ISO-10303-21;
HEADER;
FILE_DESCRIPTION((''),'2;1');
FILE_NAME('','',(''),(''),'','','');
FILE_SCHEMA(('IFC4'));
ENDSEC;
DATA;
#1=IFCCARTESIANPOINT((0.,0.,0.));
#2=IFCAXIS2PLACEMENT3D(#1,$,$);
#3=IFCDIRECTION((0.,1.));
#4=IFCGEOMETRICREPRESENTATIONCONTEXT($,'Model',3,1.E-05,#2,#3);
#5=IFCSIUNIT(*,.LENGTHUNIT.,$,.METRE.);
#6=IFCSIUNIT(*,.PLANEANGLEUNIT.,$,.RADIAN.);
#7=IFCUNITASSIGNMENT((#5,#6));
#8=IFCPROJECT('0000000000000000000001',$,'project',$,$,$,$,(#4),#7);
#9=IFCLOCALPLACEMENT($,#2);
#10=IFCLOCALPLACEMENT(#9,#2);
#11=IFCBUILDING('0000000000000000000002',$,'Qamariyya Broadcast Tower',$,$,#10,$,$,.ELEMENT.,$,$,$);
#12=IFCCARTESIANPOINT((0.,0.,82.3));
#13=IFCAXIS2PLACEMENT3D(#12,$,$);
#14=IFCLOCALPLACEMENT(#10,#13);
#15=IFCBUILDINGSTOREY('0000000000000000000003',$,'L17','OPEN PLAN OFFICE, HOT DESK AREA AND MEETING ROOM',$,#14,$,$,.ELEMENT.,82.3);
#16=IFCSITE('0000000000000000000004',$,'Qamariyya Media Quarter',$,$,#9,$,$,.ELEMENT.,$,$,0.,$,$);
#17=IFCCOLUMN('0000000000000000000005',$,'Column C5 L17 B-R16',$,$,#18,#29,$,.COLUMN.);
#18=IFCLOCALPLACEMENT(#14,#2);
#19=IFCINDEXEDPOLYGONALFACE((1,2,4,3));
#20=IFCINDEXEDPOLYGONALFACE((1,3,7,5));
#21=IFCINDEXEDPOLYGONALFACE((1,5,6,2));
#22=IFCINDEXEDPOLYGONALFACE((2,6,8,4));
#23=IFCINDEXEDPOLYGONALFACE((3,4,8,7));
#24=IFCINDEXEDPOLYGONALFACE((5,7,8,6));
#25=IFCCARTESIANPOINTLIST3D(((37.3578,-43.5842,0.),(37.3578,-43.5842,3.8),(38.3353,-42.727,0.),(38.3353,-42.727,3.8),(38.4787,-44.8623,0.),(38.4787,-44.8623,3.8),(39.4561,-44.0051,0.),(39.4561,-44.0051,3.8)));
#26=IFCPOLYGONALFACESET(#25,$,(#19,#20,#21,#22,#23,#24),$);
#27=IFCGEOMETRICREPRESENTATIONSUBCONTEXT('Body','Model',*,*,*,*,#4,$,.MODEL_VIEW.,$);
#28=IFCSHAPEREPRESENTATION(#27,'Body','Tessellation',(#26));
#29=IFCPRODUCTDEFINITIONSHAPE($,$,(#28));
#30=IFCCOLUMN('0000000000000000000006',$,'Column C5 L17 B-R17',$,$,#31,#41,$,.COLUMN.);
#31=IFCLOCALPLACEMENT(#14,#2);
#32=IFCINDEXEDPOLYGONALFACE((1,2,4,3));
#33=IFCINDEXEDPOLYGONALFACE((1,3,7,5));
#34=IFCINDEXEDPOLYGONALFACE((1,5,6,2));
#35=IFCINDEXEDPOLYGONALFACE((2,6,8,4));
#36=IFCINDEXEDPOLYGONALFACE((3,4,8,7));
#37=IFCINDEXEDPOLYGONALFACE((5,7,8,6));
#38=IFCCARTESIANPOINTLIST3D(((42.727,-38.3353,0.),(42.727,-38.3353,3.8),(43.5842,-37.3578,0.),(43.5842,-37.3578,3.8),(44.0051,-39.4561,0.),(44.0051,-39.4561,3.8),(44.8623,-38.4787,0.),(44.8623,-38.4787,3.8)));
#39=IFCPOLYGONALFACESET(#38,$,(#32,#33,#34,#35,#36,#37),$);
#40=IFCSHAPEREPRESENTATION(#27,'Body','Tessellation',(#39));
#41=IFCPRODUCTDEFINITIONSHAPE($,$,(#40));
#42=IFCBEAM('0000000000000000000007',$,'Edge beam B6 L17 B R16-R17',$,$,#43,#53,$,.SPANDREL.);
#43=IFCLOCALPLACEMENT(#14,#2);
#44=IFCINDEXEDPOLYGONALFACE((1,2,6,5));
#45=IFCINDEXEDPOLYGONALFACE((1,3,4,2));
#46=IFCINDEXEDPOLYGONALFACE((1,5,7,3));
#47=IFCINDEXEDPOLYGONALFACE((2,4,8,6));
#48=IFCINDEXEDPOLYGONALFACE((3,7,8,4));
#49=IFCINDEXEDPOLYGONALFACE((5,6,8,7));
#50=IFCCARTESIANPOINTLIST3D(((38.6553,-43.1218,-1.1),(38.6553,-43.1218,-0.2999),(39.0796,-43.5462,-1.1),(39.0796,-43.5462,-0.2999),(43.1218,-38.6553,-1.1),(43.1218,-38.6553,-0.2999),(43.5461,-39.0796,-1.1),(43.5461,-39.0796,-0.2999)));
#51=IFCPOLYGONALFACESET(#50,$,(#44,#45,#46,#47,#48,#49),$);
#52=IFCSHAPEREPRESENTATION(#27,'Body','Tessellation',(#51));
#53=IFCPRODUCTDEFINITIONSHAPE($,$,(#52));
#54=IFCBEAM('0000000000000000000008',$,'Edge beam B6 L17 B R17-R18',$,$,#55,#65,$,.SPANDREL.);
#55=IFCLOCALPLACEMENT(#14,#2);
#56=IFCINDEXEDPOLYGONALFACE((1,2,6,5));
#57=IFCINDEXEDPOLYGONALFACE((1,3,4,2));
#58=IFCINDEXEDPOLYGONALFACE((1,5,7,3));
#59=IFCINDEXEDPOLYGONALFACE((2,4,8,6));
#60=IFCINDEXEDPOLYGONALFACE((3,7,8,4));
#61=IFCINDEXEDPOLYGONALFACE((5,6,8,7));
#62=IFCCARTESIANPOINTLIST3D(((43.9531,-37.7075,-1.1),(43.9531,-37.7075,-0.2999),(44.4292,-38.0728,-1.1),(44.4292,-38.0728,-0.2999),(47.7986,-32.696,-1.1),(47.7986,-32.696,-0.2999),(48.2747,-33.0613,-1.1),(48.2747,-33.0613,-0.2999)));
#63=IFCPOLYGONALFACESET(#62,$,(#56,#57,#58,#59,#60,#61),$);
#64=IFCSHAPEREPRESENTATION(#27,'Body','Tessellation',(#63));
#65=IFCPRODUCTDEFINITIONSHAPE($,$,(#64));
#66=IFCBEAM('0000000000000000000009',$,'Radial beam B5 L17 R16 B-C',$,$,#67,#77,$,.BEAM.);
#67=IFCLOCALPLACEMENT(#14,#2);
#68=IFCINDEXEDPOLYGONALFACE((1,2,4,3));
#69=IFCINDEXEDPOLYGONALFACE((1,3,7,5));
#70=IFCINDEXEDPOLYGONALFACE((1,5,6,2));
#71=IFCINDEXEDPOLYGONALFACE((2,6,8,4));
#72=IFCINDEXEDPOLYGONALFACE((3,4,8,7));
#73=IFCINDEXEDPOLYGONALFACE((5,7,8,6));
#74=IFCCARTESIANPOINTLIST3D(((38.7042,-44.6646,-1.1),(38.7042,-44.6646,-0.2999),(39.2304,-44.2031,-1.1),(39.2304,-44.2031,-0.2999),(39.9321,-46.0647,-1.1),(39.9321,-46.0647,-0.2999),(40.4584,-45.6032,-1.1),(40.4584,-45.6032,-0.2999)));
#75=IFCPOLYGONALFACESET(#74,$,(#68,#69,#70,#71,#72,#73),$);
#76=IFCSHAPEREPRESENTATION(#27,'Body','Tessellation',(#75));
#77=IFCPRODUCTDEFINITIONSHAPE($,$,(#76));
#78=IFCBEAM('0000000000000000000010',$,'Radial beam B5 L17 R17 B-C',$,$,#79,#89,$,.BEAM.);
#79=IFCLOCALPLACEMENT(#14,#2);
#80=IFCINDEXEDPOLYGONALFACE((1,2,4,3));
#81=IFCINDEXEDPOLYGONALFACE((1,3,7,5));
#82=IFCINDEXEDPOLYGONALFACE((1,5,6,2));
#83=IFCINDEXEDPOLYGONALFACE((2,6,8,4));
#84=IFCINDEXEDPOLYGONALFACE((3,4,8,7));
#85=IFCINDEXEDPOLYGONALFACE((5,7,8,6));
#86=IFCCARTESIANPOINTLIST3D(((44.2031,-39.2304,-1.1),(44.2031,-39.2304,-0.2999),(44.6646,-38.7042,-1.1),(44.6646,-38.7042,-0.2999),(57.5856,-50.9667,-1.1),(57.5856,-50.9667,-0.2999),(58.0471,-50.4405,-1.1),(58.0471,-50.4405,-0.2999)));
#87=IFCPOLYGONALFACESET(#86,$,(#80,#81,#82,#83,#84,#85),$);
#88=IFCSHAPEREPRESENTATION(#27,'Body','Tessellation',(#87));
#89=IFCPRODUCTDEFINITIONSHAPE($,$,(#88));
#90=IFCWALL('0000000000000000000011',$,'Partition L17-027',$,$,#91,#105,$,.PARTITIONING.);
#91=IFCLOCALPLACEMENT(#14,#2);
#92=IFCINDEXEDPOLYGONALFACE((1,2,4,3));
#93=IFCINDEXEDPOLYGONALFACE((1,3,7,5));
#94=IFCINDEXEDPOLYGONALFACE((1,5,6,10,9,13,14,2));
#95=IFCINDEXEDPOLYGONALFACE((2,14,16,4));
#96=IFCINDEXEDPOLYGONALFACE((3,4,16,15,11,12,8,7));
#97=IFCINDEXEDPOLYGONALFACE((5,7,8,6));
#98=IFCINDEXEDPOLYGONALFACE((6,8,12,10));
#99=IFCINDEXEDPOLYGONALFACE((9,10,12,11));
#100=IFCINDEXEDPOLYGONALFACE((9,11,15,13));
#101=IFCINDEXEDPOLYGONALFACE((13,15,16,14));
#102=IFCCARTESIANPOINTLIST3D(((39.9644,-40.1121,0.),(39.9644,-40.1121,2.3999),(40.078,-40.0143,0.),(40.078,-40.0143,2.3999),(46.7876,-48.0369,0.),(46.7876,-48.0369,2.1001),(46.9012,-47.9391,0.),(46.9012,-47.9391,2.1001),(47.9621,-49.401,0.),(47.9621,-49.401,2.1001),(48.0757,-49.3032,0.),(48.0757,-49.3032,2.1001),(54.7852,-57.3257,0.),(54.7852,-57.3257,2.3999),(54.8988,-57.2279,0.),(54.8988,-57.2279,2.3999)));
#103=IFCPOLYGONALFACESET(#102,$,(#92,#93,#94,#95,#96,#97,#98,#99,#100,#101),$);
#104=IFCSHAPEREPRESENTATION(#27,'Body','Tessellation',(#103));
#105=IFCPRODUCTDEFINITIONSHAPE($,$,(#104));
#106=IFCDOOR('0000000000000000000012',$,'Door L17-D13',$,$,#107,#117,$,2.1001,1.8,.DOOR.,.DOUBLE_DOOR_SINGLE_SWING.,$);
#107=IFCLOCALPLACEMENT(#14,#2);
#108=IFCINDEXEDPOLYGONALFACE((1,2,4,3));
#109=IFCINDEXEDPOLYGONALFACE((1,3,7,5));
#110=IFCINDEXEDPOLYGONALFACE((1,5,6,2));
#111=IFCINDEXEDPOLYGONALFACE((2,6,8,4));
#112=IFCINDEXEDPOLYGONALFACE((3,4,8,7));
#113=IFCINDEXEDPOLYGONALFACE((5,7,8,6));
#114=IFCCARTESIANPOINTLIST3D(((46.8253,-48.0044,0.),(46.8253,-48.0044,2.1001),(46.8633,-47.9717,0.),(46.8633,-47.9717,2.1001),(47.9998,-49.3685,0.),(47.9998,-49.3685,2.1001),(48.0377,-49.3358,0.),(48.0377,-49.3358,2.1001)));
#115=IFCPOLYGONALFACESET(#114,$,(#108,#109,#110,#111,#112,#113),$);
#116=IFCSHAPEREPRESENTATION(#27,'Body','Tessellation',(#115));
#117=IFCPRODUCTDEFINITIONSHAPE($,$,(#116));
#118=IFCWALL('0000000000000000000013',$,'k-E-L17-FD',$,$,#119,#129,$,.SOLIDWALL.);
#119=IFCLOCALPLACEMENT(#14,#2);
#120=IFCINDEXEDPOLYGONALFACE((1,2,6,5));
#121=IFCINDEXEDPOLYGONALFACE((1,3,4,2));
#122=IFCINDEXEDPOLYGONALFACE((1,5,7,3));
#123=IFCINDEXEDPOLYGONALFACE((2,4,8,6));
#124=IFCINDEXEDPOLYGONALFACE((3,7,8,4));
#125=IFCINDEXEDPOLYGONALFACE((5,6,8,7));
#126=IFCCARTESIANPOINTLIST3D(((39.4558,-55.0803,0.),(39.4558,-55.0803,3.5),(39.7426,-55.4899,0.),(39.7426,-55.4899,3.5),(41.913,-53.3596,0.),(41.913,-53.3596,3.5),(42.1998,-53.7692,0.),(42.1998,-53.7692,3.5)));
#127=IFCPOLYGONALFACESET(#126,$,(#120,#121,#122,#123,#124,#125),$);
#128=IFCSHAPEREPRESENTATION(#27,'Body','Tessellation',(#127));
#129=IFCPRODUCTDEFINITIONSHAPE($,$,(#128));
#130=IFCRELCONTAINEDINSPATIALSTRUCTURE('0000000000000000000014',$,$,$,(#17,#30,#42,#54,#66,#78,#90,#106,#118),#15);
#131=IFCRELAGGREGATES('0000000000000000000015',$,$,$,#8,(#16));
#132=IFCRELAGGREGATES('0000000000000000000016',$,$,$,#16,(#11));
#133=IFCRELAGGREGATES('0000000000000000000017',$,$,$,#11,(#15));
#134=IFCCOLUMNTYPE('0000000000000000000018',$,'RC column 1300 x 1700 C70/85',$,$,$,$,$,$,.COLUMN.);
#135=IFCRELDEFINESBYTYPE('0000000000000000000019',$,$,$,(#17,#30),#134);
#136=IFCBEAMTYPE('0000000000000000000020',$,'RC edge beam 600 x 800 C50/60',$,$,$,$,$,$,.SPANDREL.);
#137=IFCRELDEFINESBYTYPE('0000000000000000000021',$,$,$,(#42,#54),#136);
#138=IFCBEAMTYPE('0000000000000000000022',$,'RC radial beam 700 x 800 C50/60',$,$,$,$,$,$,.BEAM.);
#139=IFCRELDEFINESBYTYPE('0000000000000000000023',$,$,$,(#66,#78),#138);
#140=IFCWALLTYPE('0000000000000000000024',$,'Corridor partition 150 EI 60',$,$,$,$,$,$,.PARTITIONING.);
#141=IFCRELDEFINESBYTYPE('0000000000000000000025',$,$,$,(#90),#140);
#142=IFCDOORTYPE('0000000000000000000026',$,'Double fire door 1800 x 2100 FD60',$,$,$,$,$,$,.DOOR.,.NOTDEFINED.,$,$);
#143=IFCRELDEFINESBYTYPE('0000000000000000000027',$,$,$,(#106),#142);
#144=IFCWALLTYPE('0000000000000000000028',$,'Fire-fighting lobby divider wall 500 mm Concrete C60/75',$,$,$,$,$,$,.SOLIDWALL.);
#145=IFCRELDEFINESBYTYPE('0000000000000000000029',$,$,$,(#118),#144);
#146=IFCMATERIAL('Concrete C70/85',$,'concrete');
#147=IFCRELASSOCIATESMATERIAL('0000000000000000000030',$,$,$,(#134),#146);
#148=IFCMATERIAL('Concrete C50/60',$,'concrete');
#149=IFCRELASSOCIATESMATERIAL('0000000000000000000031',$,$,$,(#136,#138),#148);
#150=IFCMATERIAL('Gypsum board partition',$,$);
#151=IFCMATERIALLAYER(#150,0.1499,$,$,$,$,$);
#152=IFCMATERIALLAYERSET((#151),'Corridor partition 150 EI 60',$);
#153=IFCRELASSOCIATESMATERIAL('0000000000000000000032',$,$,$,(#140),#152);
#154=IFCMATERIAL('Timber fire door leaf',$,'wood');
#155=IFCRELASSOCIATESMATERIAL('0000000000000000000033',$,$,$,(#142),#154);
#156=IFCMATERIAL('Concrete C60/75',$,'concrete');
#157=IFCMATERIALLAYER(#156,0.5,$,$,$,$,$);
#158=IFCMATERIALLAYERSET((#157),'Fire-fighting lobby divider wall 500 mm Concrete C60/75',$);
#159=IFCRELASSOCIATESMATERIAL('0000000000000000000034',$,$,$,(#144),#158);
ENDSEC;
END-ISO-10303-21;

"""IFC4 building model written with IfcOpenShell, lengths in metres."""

from ifc_helpers import new_model, si_unit, direction, frame, frame_2d, origin, origin_2d, place, context, subcontext, project, spatial, rectangle, extrude, material, layer, layer_set, material_profile, profile_set, type_object, element, fill, save


model = new_model("IFC4")

# Units and contexts
model_context = context("Model", 3, precision=1e-05, world=origin(), true_north=direction((0.0, 1.0)))
body_context = subcontext(model_context, "Body", "Model", "MODEL_VIEW")
ifc_project = project(units=[si_unit("LENGTHUNIT", "METRE"), si_unit("PLANEANGLEUNIT", "RADIAN")], contexts=[model_context])

# Site, building, storey
site_placement = place(None, origin())
site = spatial("IfcSite", under=ifc_project, at=site_placement, Name="Qamariyya Media Quarter", CompositionType="ELEMENT", RefElevation=0.0)
building_placement = place(site_placement, origin())
building = spatial("IfcBuilding", under=site, at=building_placement, Name="Qamariyya Broadcast Tower", CompositionType="ELEMENT")
storey_placement = place(building_placement, frame((0.0, 0.0, 82.3)))
storey = spatial("IfcBuildingStorey", under=building, at=storey_placement, Name="L17", Description="OPEN PLAN OFFICE, HOT DESK AREA AND MEETING ROOM", CompositionType="ELEMENT", Elevation=82.3)

# Columns
ifc_material_1 = material(Name="Concrete C70/85", Category="concrete")
ifc_material_profile_1 = material_profile(ifc_material_1, rectangle(XDim=1.3, YDim=1.7, at=origin_2d()))
ifc_profile_set_1 = profile_set([ifc_material_profile_1], Name="Concrete C70/85")
column_type = type_object("IfcColumnType", Name="RC column 1300 x 1700 C70/85", PredefinedType="COLUMN", material=ifc_profile_set_1)
for number, where, z_axis, x_axis, name in (
    (1, (38.407, -43.7947, 0.0), (0.0, 0.0, 1.0), (0.75184, 0.659346, 0.0), "Column C5 L17 B-R16"),
    (2, (43.7947, -38.407, 0.0), (0.0, 0.0, 1.0), (0.659346, 0.75184, 0.0), "Column C5 L17 B-R17"),
):
    element("IfcColumn", number, at=place(storey_placement, frame(where, z_axis=z_axis, x_axis=x_axis)), inside=storey, type_object=column_type, Name=name, PredefinedType="COLUMN", context=body_context, shape_type="SweptSolid", body=[
        extrude(rectangle(XDim=1.3, YDim=1.7, at=origin_2d()), origin(), (0.0, 0.0, 1.0), 3.8),
    ])

# Beams
ifc_material_2 = material(Name="Concrete C50/60", Category="concrete")
ifc_material_profile_2 = material_profile(ifc_material_2, rectangle(XDim=0.6001, YDim=0.8, at=origin_2d()))
ifc_profile_set_2 = profile_set([ifc_material_profile_2], Name="Concrete C50/60")
beam_type_1 = type_object("IfcBeamType", Name="RC edge beam 600 x 800 C50/60", PredefinedType="SPANDREL", material=ifc_profile_set_2)
beam_1_placement = place(storey_placement, frame((38.8674, -43.334, -0.7), z_axis=(0.707107, 0.707107, 0.0), x_axis=(-0.707107, 0.707107, 0.0)))
element("IfcBeam", 3, at=beam_1_placement, inside=storey, type_object=beam_type_1, Name="Edge beam B6 L17 B R16-R17", PredefinedType="SPANDREL", context=body_context, shape_type="SweptSolid", body=[
    extrude(rectangle(XDim=0.6001, YDim=0.8, at=origin_2d()), origin(), (0.0, 0.0, 1.0), 6.3167),
])
beam_2_placement = place(storey_placement, frame((44.1912, -37.8901, -0.7), z_axis=(0.608763, 0.793352, 0.0), x_axis=(-0.793352, 0.608763, 0.0)))
element("IfcBeam", 4, at=beam_2_placement, inside=storey, type_object=beam_type_1, Name="Edge beam B6 L17 B R17-R18", PredefinedType="SPANDREL", context=body_context, shape_type="SweptSolid", body=[
    extrude(rectangle(XDim=0.6001, YDim=0.8, at=origin_2d()), origin(), (0.0, 0.0, 1.0), 6.3169),
])
ifc_material_profile_3 = material_profile(ifc_material_2, rectangle(XDim=0.7, YDim=0.8, at=origin_2d()))
ifc_profile_set_3 = profile_set([ifc_material_profile_3], Name="Concrete C50/60")
beam_type_2 = type_object("IfcBeamType", Name="RC radial beam 700 x 800 C50/60", PredefinedType="BEAM", material=ifc_profile_set_3)
beam_3_placement = place(storey_placement, frame((38.9673, -44.4338, -0.7), z_axis=(0.659386, -0.751805, 0.0), x_axis=(0.751805, 0.659386, 0.0)))
element("IfcBeam", 5, at=beam_3_placement, inside=storey, type_object=beam_type_2, Name="Radial beam B5 L17 R16 B-C", PredefinedType="BEAM", context=body_context, shape_type="SweptSolid", body=[
    extrude(rectangle(XDim=0.7, YDim=0.8, at=origin_2d()), origin(), (0.0, 0.0, 1.0), 1.8623),
])
beam_4_placement = place(storey_placement, frame((44.4338, -38.9673, -0.7), z_axis=(0.751836, -0.65935, 0.0), x_axis=(0.65935, 0.751836, 0.0)))
element("IfcBeam", 6, at=beam_4_placement, inside=storey, type_object=beam_type_2, Name="Radial beam B5 L17 R17 B-C", PredefinedType="BEAM", context=body_context, shape_type="SweptSolid", body=[
    extrude(rectangle(XDim=0.7, YDim=0.8, at=origin_2d()), origin(), (0.0, 0.0, 1.0), 17.7998),
])

# Wall, opening, door
ifc_material_3 = material(Name="Gypsum board partition")
ifc_layer_1 = layer(ifc_material_3, 0.1499)
ifc_layer_set_1 = layer_set([ifc_layer_1], Name="Corridor partition 150 EI 60")
wall_type_1 = type_object("IfcWallType", Name="Corridor partition 150 EI 60", PredefinedType="PARTITIONING", material=ifc_layer_set_1)
wall_1_placement = place(storey_placement, frame((40.0212, -40.0632, 0.0), z_axis=(0.0, 0.0, 1.0), x_axis=(0.652472, -0.757813, 0.0)))
wall_1 = element("IfcWall", 7, at=wall_1_placement, inside=storey, type_object=wall_type_1, Name="Partition L17-027", PredefinedType="PARTITIONING", context=body_context, shape_type="SweptSolid", body=[
    extrude(rectangle(XDim=22.7148, YDim=0.1499, at=frame_2d((11.3574, 0.0))), origin(), (0.0, 0.0, 1.0), 2.3999),
])
opening_1_placement = place(wall_1_placement, frame((10.4575, 0.0, 0.0)))
opening_1 = element("IfcOpeningElement", 8, at=opening_1_placement, cuts=wall_1, PredefinedType="OPENING", context=body_context, shape_type="SweptSolid", body=[
    extrude(rectangle(XDim=1.8, YDim=2.1001, at=frame_2d((0.8999, 1.05))), frame((0.0, 0.085, 0.0), z_axis=(0.0, -1.0, 0.0), x_axis=(1.0, 0.0, 0.0)), (0.0, 0.0, 1.0), 0.1699),
])
ifc_material_4 = material(Name="Timber fire door leaf", Category="wood")
door_type = type_object("IfcDoorType", Name="Double fire door 1800 x 2100 FD60", OperationType="NOTDEFINED", PredefinedType="DOOR", material=ifc_material_4)
door_placement = place(opening_1_placement, origin())
door = element("IfcDoor", 9, at=door_placement, inside=storey, type_object=door_type, Name="Door L17-D13", OperationType="DOUBLE_DOOR_SINGLE_SWING", OverallHeight=2.1001, OverallWidth=1.8, PredefinedType="DOOR", context=body_context, shape_type="SweptSolid", body=[
    extrude(rectangle(XDim=1.8, YDim=2.1001, at=frame_2d((0.8999, 1.05))), frame((0.0, 0.0249, 0.0), z_axis=(0.0, -1.0, 0.0), x_axis=(1.0, 0.0, 0.0)), (0.0, 0.0, 1.0), 0.05),
])
fill(opening_1, door)

# Wall
ifc_material_5 = material(Name="Concrete C60/75", Category="concrete")
ifc_layer_2 = layer(ifc_material_5, 0.5)
ifc_layer_set_2 = layer_set([ifc_layer_2], Name="Fire-fighting lobby divider wall 500 mm Concrete C60/75")
wall_type_2 = type_object("IfcWallType", Name="Fire-fighting lobby divider wall 500 mm Concrete C60/75", PredefinedType="SOLIDWALL", material=ifc_layer_set_2)
wall_2_placement = place(storey_placement, frame((39.5991, -55.2852, 0.0), z_axis=(0.0, 0.0, 1.0), x_axis=(0.819136, 0.573599, 0.0)))
element("IfcWall", 10, at=wall_2_placement, inside=storey, type_object=wall_type_2, Name="k-E-L17-FD", PredefinedType="SOLIDWALL", context=body_context, shape_type="SweptSolid", body=[
    extrude(rectangle(XDim=2.9998, YDim=0.5, at=frame_2d((1.5, 0.0))), origin(), (0.0, 0.0, 1.0), 3.5),
])

save(model, "model.ifc")
